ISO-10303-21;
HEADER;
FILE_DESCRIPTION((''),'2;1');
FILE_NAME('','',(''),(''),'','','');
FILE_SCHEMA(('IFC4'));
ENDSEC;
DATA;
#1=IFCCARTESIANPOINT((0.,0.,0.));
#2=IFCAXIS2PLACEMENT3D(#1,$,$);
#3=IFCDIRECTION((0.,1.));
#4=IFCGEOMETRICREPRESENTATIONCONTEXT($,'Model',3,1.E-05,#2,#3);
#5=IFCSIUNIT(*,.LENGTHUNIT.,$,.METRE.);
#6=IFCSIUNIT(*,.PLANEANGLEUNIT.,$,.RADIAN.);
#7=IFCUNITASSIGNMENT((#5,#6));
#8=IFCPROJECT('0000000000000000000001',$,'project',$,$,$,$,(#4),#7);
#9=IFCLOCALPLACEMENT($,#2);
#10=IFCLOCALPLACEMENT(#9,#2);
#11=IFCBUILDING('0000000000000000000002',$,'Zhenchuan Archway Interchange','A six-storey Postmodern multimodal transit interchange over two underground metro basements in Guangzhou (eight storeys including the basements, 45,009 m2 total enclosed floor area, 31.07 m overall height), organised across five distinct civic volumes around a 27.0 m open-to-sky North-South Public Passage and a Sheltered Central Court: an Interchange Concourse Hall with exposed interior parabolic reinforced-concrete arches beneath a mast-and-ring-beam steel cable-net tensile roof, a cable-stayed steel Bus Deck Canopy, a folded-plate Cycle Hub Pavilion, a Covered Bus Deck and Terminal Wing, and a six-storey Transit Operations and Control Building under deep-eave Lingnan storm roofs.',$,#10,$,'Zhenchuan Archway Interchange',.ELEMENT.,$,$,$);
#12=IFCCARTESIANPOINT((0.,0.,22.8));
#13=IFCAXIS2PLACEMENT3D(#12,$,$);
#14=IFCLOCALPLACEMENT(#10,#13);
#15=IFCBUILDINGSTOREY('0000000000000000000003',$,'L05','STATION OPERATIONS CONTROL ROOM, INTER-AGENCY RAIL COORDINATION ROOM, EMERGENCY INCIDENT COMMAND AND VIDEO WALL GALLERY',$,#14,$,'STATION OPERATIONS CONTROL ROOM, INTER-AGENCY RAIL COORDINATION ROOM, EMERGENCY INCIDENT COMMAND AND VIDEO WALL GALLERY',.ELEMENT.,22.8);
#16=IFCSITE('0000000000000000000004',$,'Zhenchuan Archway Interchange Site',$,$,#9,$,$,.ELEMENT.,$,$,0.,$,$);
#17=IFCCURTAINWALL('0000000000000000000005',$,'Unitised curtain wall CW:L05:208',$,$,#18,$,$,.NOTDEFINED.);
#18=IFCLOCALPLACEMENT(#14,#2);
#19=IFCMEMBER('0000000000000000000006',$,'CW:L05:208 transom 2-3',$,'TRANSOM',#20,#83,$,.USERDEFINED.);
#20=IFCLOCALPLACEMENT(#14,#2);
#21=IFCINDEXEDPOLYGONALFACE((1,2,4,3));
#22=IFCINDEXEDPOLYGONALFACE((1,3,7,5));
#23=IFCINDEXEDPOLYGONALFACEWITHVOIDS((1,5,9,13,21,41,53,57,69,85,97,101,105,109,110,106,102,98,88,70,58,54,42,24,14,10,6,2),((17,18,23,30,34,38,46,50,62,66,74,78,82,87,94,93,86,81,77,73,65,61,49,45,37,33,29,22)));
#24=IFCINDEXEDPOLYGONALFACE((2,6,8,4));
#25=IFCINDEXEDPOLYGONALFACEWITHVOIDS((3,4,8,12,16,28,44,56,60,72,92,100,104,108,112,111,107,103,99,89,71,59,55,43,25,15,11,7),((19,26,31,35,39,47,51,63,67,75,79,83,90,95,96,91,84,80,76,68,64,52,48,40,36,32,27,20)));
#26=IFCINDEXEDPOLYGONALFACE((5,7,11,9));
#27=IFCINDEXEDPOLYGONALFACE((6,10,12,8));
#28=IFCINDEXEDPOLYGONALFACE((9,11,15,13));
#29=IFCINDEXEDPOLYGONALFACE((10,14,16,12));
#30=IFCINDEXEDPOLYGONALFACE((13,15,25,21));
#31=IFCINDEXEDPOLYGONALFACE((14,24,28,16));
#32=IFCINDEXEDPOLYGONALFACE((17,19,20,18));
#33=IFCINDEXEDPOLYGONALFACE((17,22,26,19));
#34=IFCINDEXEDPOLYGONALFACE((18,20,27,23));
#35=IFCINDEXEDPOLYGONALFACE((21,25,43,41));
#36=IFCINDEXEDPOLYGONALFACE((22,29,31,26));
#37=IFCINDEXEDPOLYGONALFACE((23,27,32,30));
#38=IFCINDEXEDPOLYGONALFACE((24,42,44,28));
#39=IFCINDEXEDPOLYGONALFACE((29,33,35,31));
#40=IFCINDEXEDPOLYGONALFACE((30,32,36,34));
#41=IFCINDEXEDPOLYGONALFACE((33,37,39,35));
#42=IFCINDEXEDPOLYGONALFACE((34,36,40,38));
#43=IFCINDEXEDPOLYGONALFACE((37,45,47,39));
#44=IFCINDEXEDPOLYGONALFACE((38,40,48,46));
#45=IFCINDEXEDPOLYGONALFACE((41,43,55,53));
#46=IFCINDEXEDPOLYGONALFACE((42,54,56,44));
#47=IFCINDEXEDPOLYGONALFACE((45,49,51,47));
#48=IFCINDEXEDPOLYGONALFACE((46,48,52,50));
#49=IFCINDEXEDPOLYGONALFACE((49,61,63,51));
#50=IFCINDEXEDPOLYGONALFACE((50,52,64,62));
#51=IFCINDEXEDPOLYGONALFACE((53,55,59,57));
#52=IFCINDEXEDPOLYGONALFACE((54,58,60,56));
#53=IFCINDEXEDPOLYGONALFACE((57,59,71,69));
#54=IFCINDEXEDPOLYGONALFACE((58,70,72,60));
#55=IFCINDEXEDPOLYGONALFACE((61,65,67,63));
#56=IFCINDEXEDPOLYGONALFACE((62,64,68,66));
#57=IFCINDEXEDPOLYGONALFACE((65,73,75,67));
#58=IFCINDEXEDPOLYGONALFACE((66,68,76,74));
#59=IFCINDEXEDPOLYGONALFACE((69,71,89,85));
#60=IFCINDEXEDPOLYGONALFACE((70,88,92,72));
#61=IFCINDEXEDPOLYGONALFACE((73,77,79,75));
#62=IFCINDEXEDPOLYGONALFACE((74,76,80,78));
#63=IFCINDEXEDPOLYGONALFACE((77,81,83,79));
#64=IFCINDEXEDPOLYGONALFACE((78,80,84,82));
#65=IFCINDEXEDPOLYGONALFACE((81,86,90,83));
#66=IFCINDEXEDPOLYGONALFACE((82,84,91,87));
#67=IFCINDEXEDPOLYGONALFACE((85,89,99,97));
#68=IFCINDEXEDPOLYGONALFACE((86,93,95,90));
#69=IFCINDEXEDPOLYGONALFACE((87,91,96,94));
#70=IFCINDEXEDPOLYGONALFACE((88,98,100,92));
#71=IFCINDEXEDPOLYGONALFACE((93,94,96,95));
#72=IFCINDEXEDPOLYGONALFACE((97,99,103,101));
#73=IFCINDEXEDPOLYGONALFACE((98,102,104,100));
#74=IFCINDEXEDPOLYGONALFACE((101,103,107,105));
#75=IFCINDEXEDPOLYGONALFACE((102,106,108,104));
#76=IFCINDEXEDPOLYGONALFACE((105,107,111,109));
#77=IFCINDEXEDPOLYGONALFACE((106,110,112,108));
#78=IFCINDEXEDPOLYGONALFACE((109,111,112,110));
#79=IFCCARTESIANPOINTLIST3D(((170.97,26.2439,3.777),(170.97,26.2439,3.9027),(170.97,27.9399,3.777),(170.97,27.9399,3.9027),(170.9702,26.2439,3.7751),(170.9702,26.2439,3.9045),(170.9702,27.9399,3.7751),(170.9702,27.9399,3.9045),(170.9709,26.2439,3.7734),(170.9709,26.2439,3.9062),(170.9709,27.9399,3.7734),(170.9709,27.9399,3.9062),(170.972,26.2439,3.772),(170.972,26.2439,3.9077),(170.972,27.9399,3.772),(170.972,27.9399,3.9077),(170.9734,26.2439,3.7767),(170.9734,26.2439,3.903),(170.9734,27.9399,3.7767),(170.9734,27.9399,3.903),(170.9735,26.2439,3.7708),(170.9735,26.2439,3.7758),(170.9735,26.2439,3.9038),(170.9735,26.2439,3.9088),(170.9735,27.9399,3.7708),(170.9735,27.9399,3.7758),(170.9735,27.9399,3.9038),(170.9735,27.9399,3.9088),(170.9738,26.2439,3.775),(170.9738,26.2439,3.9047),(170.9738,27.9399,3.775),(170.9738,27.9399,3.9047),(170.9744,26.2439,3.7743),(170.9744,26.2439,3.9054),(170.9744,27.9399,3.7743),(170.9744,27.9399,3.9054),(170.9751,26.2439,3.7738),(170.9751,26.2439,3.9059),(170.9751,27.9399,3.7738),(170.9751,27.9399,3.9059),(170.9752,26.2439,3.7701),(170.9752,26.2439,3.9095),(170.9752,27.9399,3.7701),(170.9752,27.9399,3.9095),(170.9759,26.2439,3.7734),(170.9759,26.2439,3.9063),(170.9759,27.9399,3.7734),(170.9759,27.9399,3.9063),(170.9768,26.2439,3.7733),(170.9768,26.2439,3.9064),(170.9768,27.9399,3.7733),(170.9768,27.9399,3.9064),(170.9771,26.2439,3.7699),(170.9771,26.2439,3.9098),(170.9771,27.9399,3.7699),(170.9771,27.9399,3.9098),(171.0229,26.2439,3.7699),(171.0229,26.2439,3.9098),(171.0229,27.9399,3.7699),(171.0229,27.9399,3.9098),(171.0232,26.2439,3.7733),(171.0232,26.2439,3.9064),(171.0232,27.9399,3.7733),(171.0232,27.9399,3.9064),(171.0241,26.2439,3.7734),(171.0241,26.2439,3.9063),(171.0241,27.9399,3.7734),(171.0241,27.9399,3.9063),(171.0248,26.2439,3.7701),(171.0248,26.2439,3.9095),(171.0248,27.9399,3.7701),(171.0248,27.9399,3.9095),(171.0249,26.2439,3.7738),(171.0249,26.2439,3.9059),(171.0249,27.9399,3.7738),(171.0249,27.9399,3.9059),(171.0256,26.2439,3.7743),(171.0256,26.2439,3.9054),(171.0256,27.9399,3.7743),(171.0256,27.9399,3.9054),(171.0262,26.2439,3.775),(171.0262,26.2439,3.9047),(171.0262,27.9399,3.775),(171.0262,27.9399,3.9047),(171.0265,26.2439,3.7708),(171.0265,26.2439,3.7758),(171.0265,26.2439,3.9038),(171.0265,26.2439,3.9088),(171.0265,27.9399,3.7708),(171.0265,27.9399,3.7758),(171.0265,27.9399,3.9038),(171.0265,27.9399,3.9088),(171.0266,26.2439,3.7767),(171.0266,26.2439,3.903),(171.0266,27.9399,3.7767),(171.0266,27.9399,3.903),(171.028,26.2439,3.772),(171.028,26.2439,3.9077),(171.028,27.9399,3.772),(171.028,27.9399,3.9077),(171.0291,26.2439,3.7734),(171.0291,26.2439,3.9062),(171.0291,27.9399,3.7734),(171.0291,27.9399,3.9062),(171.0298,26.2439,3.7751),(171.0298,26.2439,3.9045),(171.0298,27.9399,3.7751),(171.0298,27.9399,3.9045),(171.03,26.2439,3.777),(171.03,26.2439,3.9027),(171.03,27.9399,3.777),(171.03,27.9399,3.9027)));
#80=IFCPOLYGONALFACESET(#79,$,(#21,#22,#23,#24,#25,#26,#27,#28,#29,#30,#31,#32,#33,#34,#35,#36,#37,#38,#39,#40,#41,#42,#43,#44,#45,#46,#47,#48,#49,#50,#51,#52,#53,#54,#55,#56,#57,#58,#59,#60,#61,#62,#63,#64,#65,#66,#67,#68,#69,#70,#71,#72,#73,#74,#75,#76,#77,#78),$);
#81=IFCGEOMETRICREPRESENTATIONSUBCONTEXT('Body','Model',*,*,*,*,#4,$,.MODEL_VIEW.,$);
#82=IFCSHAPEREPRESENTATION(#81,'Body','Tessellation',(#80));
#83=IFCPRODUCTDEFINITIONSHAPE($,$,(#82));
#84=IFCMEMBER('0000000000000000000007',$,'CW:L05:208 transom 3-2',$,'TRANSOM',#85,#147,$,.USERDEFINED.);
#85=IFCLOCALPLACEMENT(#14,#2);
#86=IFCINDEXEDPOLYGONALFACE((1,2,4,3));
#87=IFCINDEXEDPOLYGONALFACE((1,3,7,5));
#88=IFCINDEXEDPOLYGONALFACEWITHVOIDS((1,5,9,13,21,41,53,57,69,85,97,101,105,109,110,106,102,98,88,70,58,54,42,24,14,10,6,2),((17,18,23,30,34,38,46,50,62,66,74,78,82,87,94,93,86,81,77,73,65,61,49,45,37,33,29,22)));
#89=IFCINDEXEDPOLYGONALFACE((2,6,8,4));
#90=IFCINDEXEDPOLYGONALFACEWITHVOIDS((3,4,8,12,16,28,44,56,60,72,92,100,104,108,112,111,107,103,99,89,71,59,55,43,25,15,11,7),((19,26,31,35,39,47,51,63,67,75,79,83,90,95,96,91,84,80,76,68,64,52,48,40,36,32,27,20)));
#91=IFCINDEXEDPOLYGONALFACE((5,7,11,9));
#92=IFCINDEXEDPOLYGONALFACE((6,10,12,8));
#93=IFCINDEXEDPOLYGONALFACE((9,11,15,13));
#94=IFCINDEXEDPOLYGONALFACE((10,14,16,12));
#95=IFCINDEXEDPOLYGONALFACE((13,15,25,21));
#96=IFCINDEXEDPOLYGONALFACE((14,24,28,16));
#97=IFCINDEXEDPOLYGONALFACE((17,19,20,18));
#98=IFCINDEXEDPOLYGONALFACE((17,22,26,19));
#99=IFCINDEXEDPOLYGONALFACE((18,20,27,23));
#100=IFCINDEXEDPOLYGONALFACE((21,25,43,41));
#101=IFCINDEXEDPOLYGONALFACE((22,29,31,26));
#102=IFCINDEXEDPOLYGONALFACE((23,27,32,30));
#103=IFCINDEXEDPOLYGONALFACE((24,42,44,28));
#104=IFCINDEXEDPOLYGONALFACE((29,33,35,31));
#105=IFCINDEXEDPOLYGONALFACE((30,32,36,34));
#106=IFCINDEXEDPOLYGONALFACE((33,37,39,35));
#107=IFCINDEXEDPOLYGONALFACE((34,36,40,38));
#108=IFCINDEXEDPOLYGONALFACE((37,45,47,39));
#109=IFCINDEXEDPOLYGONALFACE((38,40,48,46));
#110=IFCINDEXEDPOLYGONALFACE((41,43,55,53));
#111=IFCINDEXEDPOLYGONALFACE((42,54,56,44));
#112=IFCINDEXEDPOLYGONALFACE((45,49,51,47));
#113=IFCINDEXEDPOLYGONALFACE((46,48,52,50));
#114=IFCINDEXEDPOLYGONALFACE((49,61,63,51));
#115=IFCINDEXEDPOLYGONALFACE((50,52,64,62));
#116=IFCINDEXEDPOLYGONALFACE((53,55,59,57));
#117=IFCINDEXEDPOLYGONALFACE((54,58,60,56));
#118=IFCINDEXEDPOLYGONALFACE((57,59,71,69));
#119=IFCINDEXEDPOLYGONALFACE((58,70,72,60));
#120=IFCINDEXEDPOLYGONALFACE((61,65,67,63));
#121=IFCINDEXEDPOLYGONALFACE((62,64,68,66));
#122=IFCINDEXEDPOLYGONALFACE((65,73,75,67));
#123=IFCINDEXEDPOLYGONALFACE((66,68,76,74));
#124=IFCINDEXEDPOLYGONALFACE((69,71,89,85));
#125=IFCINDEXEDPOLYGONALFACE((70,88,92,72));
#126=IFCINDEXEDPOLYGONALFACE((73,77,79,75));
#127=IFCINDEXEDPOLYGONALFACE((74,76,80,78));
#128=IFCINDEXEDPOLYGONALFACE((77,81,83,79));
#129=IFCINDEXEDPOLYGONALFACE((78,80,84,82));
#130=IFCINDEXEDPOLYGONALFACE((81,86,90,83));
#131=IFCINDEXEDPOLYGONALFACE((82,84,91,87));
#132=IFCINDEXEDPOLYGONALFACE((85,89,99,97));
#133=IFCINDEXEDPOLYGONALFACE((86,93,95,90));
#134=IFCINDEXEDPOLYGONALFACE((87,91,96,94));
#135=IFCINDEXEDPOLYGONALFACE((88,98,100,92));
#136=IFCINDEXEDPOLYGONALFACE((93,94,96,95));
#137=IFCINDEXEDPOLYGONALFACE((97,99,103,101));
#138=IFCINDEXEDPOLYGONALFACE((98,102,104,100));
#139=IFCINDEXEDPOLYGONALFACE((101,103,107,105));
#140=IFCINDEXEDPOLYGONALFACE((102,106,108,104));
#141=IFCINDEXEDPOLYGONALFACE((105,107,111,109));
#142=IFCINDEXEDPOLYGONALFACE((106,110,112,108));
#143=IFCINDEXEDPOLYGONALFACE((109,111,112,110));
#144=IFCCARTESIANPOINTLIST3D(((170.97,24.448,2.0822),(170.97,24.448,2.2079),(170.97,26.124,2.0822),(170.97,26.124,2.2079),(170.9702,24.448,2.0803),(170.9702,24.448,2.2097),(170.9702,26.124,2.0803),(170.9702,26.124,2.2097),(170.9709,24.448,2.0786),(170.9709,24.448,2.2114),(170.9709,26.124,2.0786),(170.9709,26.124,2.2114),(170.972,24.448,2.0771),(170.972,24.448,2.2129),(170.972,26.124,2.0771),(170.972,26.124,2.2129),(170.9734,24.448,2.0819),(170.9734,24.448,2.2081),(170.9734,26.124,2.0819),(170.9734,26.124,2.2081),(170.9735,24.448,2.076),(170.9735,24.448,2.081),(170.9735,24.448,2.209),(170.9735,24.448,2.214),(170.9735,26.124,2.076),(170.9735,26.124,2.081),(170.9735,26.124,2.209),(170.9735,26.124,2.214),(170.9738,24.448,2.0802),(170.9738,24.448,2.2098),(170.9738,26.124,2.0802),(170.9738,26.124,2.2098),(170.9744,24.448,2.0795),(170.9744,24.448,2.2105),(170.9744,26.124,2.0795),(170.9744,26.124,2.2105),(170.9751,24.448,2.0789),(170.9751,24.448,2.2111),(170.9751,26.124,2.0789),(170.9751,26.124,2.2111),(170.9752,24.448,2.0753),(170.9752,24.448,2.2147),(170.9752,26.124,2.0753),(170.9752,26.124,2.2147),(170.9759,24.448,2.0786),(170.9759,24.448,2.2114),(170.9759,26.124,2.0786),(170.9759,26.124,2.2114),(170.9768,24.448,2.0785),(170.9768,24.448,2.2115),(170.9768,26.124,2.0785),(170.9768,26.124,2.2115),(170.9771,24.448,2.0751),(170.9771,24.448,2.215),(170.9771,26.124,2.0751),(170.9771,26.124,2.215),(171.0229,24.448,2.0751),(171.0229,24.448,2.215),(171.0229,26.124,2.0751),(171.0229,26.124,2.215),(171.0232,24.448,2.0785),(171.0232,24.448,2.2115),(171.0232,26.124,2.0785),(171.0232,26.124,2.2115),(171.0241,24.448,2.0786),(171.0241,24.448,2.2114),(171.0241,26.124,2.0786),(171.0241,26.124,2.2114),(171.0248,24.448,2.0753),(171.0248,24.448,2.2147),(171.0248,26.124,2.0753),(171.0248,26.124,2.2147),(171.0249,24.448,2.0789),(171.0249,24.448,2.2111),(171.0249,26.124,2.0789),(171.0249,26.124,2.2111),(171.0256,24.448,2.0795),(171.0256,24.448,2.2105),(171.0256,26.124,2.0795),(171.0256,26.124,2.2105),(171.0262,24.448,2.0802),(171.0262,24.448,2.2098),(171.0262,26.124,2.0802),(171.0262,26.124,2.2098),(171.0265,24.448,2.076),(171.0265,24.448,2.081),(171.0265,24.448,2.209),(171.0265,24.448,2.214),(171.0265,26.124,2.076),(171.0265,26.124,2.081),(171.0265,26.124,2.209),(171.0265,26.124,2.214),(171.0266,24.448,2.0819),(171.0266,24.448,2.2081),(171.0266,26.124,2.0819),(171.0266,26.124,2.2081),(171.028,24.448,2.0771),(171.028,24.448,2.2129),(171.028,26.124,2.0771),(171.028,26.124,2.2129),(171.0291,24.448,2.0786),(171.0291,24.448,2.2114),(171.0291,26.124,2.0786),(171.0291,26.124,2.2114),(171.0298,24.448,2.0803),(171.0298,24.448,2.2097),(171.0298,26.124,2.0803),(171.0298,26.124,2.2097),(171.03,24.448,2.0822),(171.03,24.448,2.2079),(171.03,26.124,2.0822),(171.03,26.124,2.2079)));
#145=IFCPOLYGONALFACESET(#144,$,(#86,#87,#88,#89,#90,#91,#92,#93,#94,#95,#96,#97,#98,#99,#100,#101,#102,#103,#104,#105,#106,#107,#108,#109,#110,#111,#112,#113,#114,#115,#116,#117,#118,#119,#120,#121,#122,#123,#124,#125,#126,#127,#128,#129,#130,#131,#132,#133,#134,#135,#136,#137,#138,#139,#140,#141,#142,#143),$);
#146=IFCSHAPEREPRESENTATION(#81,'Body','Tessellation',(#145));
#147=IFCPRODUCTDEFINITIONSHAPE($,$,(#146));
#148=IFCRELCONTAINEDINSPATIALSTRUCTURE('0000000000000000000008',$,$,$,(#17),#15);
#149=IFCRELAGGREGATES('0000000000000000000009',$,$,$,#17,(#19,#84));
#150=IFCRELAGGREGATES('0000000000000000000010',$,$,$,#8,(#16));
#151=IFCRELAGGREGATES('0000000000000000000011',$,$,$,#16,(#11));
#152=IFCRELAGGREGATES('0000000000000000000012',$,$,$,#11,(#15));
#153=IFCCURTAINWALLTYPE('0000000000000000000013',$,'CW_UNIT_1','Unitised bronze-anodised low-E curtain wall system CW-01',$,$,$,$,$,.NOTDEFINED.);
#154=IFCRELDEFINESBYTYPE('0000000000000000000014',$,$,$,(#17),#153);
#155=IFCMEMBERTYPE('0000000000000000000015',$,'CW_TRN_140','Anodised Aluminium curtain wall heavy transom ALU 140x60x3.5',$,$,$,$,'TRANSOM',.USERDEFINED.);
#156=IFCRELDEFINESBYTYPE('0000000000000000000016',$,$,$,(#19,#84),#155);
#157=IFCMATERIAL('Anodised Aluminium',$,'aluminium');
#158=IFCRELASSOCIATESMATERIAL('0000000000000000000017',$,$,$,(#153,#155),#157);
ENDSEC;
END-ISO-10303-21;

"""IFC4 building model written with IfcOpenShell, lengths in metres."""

from ifc_helpers import new_model, si_unit, direction, frame, origin, origin_2d, place, context, subcontext, project, spatial, hollow_rectangle, extrude, material, material_profile, profile_set, type_object, element, aggregate, save


model = new_model("IFC4")

# Units and contexts
model_context = context("Model", 3, precision=1e-05, world=origin(), true_north=direction((0.0, 1.0)))
body_context = subcontext(model_context, "Body", "Model", "MODEL_VIEW")
ifc_project = project(units=[si_unit("LENGTHUNIT", "METRE"), si_unit("PLANEANGLEUNIT", "RADIAN")], contexts=[model_context])

# Site, building, storey
site_placement = place(None, origin())
site = spatial("IfcSite", under=ifc_project, at=site_placement, Name="Zhenchuan Archway Interchange Site", CompositionType="ELEMENT", RefElevation=0.0)
building_placement = place(site_placement, origin())
building = spatial("IfcBuilding", under=site, at=building_placement, Name="Zhenchuan Archway Interchange", Description="A six-storey Postmodern multimodal transit interchange over two underground metro basements in Guangzhou (eight storeys including the basements, 45,009 m2 total enclosed floor area, 31.07 m overall height), organised across five distinct civic volumes around a 27.0 m open-to-sky North-South Public Passage and a Sheltered Central Court: an Interchange Concourse Hall with exposed interior parabolic reinforced-concrete arches beneath a mast-and-ring-beam steel cable-net tensile roof, a cable-stayed steel Bus Deck Canopy, a folded-plate Cycle Hub Pavilion, a Covered Bus Deck and Terminal Wing, and a six-storey Transit Operations and Control Building under deep-eave Lingnan storm roofs.", LongName="Zhenchuan Archway Interchange", CompositionType="ELEMENT")
storey_placement = place(building_placement, frame((0.0, 0.0, 22.8)))
storey = spatial("IfcBuildingStorey", under=building, at=storey_placement, Name="L05", Description="STATION OPERATIONS CONTROL ROOM, INTER-AGENCY RAIL COORDINATION ROOM, EMERGENCY INCIDENT COMMAND AND VIDEO WALL GALLERY", LongName="STATION OPERATIONS CONTROL ROOM, INTER-AGENCY RAIL COORDINATION ROOM, EMERGENCY INCIDENT COMMAND AND VIDEO WALL GALLERY", CompositionType="ELEMENT", Elevation=22.8)

# Curtain wall, members
ifc_material_1 = material(Name="Anodised Aluminium", Category="aluminium")
curtain_wall_type = type_object("IfcCurtainWallType", Name="CW_UNIT_1", Description="Unitised bronze-anodised low-E curtain wall system CW-01", PredefinedType="NOTDEFINED", material=ifc_material_1)
curtain_wall_placement = place(storey_placement, origin())
curtain_wall = element("IfcCurtainWall", 1, at=curtain_wall_placement, inside=storey, type_object=curtain_wall_type, Name="Unitised curtain wall CW:L05:208", PredefinedType="NOTDEFINED")
ifc_material_profile_1 = material_profile(ifc_material_1, hollow_rectangle(XDim=0.0601, YDim=0.1399, WallThickness=0.0034, InnerFilletRadius=0.0034, OuterFilletRadius=0.0071, at=origin_2d()), Name="ALU 140x60x3.5")
ifc_profile_set_1 = profile_set([ifc_material_profile_1], Name="Anodised Aluminium")
member_type_1 = type_object("IfcMemberType", Name="CW_TRN_140", Description="Anodised Aluminium curtain wall heavy transom ALU 140x60x3.5", ElementType="TRANSOM", PredefinedType="USERDEFINED", material=ifc_profile_set_1)
member_1_placement = place(storey_placement, frame((171.0, 27.9399, 3.8398), z_axis=(0.0, -1.0, 0.0), x_axis=(1.0, 0.0, 0.0)))
member_1 = element("IfcMember", 2, at=member_1_placement, type_object=member_type_1, Name="CW:L05:208 transom 2-3", ObjectType="TRANSOM", PredefinedType="USERDEFINED", context=body_context, shape_type="SweptSolid", body=[
    extrude(hollow_rectangle(XDim=0.0601, YDim=0.1399, WallThickness=0.0034, InnerFilletRadius=0.0034, OuterFilletRadius=0.0071, at=origin_2d()), origin(), (0.0, 0.0, 1.0), 1.696),
])
member_2_placement = place(storey_placement, frame((171.0, 26.124, 2.145), z_axis=(0.0, -1.0, 0.0), x_axis=(1.0, 0.0, 0.0)))
member_2 = element("IfcMember", 3, at=member_2_placement, type_object=member_type_1, Name="CW:L05:208 transom 3-2", ObjectType="TRANSOM", PredefinedType="USERDEFINED", context=body_context, shape_type="SweptSolid", body=[
    extrude(hollow_rectangle(XDim=0.0601, YDim=0.1399, WallThickness=0.0034, InnerFilletRadius=0.0034, OuterFilletRadius=0.0071, at=origin_2d()), origin(), (0.0, 0.0, 1.0), 1.676),
])
aggregate(curtain_wall, [member_1, member_2])

save(model, "model.ifc")
